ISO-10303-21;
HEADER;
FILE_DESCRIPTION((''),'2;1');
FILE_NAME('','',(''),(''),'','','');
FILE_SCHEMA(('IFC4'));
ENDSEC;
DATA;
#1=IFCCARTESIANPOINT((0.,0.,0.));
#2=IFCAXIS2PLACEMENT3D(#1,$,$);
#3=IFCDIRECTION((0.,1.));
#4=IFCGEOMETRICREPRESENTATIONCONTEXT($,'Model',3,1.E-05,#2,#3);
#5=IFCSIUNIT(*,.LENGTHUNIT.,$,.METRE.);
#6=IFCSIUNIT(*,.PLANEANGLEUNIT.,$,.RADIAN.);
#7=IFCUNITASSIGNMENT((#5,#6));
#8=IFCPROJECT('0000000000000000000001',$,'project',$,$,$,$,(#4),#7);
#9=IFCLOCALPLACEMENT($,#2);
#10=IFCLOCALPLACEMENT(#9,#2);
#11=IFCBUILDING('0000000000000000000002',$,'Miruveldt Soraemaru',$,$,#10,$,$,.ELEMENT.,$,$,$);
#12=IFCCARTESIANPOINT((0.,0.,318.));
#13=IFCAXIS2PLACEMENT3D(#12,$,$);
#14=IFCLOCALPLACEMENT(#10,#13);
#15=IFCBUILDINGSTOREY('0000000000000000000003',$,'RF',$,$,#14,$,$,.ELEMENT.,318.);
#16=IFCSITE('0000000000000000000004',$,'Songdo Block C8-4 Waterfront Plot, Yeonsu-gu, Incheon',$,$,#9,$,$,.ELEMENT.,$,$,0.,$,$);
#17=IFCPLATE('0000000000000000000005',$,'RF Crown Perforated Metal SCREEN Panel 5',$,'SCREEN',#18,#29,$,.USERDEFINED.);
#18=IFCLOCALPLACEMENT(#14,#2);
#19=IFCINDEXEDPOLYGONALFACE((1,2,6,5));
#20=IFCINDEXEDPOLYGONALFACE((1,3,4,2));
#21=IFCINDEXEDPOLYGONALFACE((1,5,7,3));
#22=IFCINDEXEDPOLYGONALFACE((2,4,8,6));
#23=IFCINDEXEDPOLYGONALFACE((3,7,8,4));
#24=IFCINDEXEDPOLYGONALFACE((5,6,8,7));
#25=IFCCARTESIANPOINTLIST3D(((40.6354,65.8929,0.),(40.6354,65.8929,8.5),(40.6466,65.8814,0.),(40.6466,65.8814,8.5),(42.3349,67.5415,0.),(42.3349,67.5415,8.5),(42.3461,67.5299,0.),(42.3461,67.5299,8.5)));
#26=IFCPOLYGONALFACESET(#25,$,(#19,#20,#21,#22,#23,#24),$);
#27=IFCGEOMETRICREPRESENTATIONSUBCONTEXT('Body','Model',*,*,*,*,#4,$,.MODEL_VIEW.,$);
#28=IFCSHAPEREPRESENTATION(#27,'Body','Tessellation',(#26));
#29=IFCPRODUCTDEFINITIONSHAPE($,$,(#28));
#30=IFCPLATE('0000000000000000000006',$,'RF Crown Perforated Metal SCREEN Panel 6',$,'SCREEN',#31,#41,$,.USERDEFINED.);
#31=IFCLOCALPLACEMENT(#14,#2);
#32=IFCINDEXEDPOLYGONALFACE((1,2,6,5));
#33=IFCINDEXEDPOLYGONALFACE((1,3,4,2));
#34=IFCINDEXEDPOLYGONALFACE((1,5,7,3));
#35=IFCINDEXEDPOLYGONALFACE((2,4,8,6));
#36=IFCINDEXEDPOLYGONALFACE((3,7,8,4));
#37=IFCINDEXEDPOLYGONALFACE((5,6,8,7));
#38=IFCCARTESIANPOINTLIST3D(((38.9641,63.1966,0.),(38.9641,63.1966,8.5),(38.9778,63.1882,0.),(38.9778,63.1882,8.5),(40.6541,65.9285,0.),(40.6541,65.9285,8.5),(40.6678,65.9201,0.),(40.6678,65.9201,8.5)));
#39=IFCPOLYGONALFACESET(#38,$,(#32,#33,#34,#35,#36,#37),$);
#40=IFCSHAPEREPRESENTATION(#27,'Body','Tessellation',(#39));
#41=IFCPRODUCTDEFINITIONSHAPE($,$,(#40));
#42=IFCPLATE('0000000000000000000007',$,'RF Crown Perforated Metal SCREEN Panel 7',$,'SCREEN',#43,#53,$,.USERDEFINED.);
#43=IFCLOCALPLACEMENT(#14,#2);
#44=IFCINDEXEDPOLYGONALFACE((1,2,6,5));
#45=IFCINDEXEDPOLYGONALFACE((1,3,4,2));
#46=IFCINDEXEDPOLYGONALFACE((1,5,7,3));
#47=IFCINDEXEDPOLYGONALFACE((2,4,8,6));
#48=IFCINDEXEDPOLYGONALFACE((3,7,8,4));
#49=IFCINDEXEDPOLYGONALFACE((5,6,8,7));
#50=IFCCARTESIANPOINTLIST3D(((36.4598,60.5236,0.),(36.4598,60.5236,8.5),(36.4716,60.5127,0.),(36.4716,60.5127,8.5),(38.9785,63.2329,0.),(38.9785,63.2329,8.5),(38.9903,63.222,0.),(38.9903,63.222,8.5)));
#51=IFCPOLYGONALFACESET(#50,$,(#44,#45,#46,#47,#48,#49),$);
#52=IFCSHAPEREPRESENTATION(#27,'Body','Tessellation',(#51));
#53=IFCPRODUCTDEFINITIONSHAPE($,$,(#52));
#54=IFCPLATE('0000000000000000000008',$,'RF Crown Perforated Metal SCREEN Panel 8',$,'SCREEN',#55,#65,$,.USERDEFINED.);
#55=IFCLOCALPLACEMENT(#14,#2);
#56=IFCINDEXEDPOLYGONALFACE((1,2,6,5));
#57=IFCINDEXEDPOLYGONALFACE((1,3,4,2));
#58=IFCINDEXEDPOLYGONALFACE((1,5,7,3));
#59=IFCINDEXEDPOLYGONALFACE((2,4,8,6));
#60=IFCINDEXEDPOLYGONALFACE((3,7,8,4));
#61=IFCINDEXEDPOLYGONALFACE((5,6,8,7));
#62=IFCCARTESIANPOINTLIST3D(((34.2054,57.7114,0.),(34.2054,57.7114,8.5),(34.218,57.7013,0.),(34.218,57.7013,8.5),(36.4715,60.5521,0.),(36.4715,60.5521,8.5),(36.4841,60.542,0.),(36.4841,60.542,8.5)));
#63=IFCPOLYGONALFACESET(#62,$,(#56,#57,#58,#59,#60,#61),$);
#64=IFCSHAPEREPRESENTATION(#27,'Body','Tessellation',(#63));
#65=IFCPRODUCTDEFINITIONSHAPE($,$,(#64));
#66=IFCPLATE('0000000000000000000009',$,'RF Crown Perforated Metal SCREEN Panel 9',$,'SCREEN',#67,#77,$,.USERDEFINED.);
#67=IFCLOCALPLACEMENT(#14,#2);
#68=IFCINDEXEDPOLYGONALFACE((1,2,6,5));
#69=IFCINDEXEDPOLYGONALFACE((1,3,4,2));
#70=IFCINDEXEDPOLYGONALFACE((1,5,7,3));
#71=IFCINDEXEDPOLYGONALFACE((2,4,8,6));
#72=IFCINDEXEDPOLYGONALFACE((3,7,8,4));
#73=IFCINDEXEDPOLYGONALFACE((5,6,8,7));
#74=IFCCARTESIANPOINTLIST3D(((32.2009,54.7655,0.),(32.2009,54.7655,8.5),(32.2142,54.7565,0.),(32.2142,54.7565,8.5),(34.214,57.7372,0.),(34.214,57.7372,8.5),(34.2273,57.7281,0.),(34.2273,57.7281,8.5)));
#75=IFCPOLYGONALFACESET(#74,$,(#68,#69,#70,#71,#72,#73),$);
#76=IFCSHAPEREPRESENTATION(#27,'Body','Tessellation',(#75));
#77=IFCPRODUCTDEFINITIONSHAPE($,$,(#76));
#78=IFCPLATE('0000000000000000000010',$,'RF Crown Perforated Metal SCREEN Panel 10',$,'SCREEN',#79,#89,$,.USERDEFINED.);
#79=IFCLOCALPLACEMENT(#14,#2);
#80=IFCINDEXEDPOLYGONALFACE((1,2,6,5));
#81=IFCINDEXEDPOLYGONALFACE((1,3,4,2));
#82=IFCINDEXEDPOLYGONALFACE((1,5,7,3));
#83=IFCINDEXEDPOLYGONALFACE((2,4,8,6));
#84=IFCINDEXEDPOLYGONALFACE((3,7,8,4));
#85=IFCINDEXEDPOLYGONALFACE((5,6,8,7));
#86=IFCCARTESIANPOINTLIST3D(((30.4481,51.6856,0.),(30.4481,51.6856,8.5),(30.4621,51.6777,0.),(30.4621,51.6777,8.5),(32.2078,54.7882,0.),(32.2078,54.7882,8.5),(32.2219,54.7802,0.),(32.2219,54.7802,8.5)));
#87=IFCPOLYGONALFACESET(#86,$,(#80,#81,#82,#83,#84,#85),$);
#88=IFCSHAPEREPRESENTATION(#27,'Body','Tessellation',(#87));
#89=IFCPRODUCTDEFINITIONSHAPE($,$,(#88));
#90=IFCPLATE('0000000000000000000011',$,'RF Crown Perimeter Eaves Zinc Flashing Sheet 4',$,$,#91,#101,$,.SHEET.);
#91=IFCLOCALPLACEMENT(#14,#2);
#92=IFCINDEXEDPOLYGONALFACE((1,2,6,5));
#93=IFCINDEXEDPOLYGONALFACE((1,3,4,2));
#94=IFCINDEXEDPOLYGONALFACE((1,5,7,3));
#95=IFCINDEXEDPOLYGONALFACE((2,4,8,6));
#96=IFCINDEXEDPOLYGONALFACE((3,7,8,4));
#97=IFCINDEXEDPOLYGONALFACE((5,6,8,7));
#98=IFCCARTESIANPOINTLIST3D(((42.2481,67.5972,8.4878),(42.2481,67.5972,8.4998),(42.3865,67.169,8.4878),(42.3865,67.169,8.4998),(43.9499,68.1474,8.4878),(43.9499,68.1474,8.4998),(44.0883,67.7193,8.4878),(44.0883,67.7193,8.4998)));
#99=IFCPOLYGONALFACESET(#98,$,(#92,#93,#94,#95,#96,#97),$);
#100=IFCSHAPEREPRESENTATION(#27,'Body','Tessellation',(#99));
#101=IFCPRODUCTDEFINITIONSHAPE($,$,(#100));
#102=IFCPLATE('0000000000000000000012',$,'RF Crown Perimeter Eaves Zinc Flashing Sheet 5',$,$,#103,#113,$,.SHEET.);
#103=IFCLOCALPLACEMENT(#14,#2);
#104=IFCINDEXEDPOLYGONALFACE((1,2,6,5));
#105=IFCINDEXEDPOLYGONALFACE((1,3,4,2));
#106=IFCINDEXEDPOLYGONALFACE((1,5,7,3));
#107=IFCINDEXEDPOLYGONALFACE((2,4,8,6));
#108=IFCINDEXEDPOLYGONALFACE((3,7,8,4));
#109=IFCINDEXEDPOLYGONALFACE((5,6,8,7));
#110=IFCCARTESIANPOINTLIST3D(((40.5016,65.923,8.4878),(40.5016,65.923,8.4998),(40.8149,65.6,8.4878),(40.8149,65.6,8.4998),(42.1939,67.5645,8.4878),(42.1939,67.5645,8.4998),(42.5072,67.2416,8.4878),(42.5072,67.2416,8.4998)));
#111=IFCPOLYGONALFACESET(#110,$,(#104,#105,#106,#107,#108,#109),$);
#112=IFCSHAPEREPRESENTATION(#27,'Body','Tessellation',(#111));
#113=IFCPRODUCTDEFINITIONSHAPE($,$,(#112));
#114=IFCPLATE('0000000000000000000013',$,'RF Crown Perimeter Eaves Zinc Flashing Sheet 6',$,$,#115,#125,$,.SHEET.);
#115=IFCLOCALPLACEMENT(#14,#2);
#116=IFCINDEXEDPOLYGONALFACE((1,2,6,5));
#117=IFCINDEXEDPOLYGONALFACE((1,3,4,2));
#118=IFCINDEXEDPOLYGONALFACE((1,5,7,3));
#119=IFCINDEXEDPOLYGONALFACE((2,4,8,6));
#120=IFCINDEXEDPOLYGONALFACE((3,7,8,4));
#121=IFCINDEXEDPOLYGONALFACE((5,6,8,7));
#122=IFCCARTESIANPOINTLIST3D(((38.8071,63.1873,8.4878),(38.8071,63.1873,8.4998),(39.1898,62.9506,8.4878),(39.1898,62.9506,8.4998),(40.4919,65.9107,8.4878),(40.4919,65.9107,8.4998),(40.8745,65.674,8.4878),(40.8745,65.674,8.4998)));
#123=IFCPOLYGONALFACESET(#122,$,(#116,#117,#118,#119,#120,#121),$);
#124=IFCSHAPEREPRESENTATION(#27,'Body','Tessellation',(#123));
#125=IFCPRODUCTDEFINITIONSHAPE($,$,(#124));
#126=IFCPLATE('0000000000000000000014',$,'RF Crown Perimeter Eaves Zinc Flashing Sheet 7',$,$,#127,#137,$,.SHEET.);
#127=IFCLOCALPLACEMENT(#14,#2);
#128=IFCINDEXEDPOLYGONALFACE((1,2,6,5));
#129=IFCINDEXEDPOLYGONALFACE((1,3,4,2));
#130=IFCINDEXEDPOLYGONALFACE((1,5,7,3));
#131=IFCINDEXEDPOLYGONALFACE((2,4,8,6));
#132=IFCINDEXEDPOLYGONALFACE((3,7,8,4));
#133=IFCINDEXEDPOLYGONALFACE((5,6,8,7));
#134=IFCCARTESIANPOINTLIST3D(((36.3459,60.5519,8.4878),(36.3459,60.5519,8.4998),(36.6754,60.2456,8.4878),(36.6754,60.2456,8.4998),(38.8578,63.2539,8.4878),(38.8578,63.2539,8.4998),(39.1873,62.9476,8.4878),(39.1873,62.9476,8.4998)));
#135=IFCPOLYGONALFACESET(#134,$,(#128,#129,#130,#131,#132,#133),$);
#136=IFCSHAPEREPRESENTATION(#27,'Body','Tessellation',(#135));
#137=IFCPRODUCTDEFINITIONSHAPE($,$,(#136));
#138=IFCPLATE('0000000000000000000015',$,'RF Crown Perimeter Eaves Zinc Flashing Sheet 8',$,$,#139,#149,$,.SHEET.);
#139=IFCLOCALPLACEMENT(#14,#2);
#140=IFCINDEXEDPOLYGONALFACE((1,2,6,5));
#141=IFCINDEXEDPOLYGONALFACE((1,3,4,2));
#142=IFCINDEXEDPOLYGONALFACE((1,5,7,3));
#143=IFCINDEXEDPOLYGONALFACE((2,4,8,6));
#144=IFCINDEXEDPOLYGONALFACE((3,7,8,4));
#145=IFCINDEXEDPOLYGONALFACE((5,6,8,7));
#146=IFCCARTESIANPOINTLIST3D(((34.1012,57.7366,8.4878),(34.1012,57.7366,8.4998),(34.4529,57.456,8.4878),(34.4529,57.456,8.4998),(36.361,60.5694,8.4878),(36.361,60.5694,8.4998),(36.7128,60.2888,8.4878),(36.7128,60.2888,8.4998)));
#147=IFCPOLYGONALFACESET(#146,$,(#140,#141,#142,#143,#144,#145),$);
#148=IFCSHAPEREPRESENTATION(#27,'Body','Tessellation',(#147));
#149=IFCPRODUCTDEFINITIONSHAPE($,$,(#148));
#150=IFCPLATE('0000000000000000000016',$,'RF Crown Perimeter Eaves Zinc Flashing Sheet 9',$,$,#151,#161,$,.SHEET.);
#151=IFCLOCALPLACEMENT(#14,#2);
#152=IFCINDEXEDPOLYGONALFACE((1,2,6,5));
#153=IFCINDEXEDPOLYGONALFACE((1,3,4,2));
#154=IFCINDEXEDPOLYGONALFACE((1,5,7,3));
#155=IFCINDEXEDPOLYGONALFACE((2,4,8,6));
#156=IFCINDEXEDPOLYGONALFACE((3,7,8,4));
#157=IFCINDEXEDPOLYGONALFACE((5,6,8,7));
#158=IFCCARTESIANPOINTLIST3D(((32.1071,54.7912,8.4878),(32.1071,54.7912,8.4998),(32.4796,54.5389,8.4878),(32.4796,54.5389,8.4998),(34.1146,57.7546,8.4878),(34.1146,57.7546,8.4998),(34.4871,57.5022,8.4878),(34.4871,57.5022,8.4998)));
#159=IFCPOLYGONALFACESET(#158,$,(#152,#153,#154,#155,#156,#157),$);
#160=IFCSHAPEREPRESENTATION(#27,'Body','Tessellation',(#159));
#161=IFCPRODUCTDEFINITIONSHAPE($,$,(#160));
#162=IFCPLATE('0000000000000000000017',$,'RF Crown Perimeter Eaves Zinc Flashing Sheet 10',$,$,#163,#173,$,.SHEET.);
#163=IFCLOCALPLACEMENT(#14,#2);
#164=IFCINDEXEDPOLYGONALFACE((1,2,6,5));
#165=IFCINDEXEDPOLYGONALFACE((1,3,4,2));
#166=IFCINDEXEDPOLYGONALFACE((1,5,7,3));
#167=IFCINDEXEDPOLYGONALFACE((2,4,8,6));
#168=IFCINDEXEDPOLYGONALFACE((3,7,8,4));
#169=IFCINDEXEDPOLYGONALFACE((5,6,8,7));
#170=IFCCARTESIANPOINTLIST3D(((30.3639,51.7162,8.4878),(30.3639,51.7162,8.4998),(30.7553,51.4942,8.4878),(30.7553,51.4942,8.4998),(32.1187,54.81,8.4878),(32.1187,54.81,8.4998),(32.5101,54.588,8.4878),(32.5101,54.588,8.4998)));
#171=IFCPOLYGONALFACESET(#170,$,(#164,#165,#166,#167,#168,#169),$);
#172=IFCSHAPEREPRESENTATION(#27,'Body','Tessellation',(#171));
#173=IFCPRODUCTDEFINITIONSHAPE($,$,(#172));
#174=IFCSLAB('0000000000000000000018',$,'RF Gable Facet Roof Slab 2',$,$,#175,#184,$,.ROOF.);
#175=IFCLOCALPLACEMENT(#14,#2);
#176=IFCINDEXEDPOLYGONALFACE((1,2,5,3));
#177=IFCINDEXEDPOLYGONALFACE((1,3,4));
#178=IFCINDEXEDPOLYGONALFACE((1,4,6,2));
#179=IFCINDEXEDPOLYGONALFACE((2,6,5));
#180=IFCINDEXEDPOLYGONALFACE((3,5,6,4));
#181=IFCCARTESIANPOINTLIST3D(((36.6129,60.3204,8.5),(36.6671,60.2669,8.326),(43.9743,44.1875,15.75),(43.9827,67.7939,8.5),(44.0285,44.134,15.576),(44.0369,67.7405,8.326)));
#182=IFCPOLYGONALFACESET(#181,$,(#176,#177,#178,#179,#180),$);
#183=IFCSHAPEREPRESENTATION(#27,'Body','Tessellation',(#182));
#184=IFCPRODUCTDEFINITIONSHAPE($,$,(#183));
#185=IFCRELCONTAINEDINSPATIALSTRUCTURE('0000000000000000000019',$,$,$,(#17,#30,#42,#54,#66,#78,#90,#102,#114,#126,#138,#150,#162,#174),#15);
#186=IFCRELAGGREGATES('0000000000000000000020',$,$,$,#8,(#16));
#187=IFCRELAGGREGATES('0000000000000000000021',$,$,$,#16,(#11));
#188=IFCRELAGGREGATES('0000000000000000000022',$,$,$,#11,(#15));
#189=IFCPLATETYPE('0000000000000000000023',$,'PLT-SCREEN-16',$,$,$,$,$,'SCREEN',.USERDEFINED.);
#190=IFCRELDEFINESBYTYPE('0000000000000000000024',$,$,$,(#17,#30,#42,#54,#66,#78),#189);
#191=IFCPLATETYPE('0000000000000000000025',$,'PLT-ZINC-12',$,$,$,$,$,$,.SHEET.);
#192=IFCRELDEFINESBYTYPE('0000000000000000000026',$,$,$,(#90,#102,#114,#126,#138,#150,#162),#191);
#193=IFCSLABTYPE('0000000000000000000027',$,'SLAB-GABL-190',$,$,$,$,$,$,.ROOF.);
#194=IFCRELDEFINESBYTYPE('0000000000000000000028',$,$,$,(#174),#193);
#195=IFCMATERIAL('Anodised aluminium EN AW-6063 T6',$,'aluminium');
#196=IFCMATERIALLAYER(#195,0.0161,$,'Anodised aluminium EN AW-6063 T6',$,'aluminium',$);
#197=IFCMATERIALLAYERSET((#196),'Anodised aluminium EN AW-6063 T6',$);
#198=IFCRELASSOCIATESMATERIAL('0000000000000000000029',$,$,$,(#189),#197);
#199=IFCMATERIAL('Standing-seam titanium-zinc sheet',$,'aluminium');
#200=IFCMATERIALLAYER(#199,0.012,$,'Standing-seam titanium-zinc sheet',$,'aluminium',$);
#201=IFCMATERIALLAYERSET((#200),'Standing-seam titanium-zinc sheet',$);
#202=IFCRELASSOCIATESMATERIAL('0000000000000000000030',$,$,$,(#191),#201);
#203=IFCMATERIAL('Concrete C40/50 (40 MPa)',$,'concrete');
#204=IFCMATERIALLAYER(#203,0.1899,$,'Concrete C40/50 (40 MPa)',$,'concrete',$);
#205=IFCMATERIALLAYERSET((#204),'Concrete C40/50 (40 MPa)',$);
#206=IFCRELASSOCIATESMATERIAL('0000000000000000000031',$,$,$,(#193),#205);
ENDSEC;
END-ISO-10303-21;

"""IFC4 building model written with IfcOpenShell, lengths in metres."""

from ifc_helpers import new_model, si_unit, direction, frame, origin, origin_2d, place, context, subcontext, project, spatial, polyline, rectangle, outline, extrude, material, layer, layer_set, type_object, element, save


model = new_model("IFC4")

# Units and contexts
model_context = context("Model", 3, precision=1e-05, world=origin(), true_north=direction((0.0, 1.0)))
body_context = subcontext(model_context, "Body", "Model", "MODEL_VIEW")
ifc_project = project(units=[si_unit("LENGTHUNIT", "METRE"), si_unit("PLANEANGLEUNIT", "RADIAN")], contexts=[model_context])

# Site, building, storey
site_placement = place(None, origin())
site = spatial("IfcSite", under=ifc_project, at=site_placement, Name="Songdo Block C8-4 Waterfront Plot, Yeonsu-gu, Incheon", CompositionType="ELEMENT", RefElevation=0.0)
building_placement = place(site_placement, origin())
building = spatial("IfcBuilding", under=site, at=building_placement, Name="Miruveldt Soraemaru", CompositionType="ELEMENT")
storey_placement = place(building_placement, frame((0.0, 0.0, 318.0)))
storey = spatial("IfcBuildingStorey", under=building, at=storey_placement, Name="RF", CompositionType="ELEMENT", Elevation=318.0)

# Plates
ifc_material_1 = material(Name="Anodised aluminium EN AW-6063 T6", Category="aluminium")
ifc_layer_1 = layer(ifc_material_1, 0.0161, Name="Anodised aluminium EN AW-6063 T6", Category="aluminium")
ifc_layer_set_1 = layer_set([ifc_layer_1], Name="Anodised aluminium EN AW-6063 T6")
plate_type_1 = type_object("IfcPlateType", Name="PLT-SCREEN-16", ElementType="SCREEN", PredefinedType="USERDEFINED", material=ifc_layer_set_1)
plate_1_placement = place(storey_placement, frame((41.4907, 66.7114, 0.0), z_axis=(0.0, 0.0, 1.0), x_axis=(-0.717786, -0.696264, 0.0)))
element("IfcPlate", 1, at=plate_1_placement, inside=storey, type_object=plate_type_1, Name="RF Crown Perforated Metal SCREEN Panel 5", ObjectType="SCREEN", PredefinedType="USERDEFINED", context=body_context, shape_type="SweptSolid", body=[
    extrude(rectangle(XDim=2.3677, YDim=0.0161, at=origin_2d()), origin(), (0.0, 0.0, 1.0), 8.5),
])
plate_2_placement = place(storey_placement, frame((39.8159, 64.5583, 0.0), z_axis=(0.0, 0.0, 1.0), x_axis=(-0.526095, -0.850426, 0.0)))
element("IfcPlate", 2, at=plate_2_placement, inside=storey, type_object=plate_type_1, Name="RF Crown Perforated Metal SCREEN Panel 6", ObjectType="SCREEN", PredefinedType="USERDEFINED", context=body_context, shape_type="SweptSolid", body=[
    extrude(rectangle(XDim=3.2124, YDim=0.0161, at=origin_2d()), origin(), (0.0, 0.0, 1.0), 8.5),
])
plate_3_placement = place(storey_placement, frame((37.7251, 61.8728, 0.0), z_axis=(0.0, 0.0, 1.0), x_axis=(-0.680874, -0.7324, 0.0)))
element("IfcPlate", 3, at=plate_3_placement, inside=storey, type_object=plate_type_1, Name="RF Crown Perforated Metal SCREEN Panel 7", ObjectType="SCREEN", PredefinedType="USERDEFINED", context=body_context, shape_type="SweptSolid", body=[
    extrude(rectangle(XDim=3.6992, YDim=0.0161, at=origin_2d()), origin(), (0.0, 0.0, 1.0), 8.5),
])
plate_4_placement = place(storey_placement, frame((35.3447, 59.1267, 0.0), z_axis=(0.0, 0.0, 1.0), x_axis=(-0.623607, -0.781738, 0.0)))
element("IfcPlate", 4, at=plate_4_placement, inside=storey, type_object=plate_type_1, Name="RF Crown Perforated Metal SCREEN Panel 8", ObjectType="SCREEN", PredefinedType="USERDEFINED", context=body_context, shape_type="SweptSolid", body=[
    extrude(rectangle(XDim=3.6338, YDim=0.0161, at=origin_2d()), origin(), (0.0, 0.0, 1.0), 8.5),
])
plate_5_placement = place(storey_placement, frame((33.2141, 56.2468, 0.0), z_axis=(0.0, 0.0, 1.0), x_axis=(-0.560856, -0.827914, 0.0)))
element("IfcPlate", 5, at=plate_5_placement, inside=storey, type_object=plate_type_1, Name="RF Crown Perforated Metal SCREEN Panel 9", ObjectType="SCREEN", PredefinedType="USERDEFINED", context=body_context, shape_type="SweptSolid", body=[
    extrude(rectangle(XDim=3.5894, YDim=0.0161, at=origin_2d()), origin(), (0.0, 0.0, 1.0), 8.5),
])
plate_6_placement = place(storey_placement, frame((31.335, 53.2329, 0.0), z_axis=(0.0, 0.0, 1.0), x_axis=(-0.493365, -0.869822, 0.0)))
element("IfcPlate", 6, at=plate_6_placement, inside=storey, type_object=plate_type_1, Name="RF Crown Perforated Metal SCREEN Panel 10", ObjectType="SCREEN", PredefinedType="USERDEFINED", context=body_context, shape_type="SweptSolid", body=[
    extrude(rectangle(XDim=3.5669, YDim=0.0161, at=origin_2d()), origin(), (0.0, 0.0, 1.0), 8.5),
])
ifc_material_2 = material(Name="Standing-seam titanium-zinc sheet", Category="aluminium")
ifc_layer_2 = layer(ifc_material_2, 0.012, Name="Standing-seam titanium-zinc sheet", Category="aluminium")
ifc_layer_set_2 = layer_set([ifc_layer_2], Name="Standing-seam titanium-zinc sheet")
plate_type_2 = type_object("IfcPlateType", Name="PLT-ZINC-12", PredefinedType="SHEET", material=ifc_layer_set_2)
plate_7_placement = place(storey_placement, frame((43.1682, 67.6582, 8.4878), z_axis=(0.0, 0.0, 1.0), x_axis=(-0.951503, -0.307639, 0.0)))
element("IfcPlate", 7, at=plate_7_placement, inside=storey, type_object=plate_type_2, Name="RF Crown Perimeter Eaves Zinc Flashing Sheet 4", PredefinedType="SHEET", context=body_context, shape_type="SweptSolid", body=[
    extrude(rectangle(XDim=1.7886, YDim=0.45, at=origin_2d()), origin(), (0.0, 0.0, 1.0), 0.012),
])
plate_8_placement = place(storey_placement, frame((41.5044, 66.5823, 8.4878), z_axis=(0.0, 0.0, 1.0), x_axis=(-0.717786, -0.696264, 0.0)))
element("IfcPlate", 8, at=plate_8_placement, inside=storey, type_object=plate_type_2, Name="RF Crown Perimeter Eaves Zinc Flashing Sheet 5", PredefinedType="SHEET", context=body_context, shape_type="SweptSolid", body=[
    extrude(rectangle(XDim=2.3577, YDim=0.45, at=origin_2d()), origin(), (0.0, 0.0, 1.0), 0.012),
])
plate_9_placement = place(storey_placement, frame((39.8408, 64.4307, 8.4878), z_axis=(0.0, 0.0, 1.0), x_axis=(-0.526095, -0.850426, 0.0)))
element("IfcPlate", 9, at=plate_9_placement, inside=storey, type_object=plate_type_2, Name="RF Crown Perimeter Eaves Zinc Flashing Sheet 6", PredefinedType="SHEET", context=body_context, shape_type="SweptSolid", body=[
    extrude(rectangle(XDim=3.2024, YDim=0.45, at=origin_2d()), origin(), (0.0, 0.0, 1.0), 0.012),
])
plate_10_placement = place(storey_placement, frame((37.7666, 61.7498, 8.4878), z_axis=(0.0, 0.0, 1.0), x_axis=(-0.680874, -0.7324, 0.0)))
element("IfcPlate", 10, at=plate_10_placement, inside=storey, type_object=plate_type_2, Name="RF Crown Perimeter Eaves Zinc Flashing Sheet 7", PredefinedType="SHEET", context=body_context, shape_type="SweptSolid", body=[
    extrude(rectangle(XDim=3.6892, YDim=0.45, at=origin_2d()), origin(), (0.0, 0.0, 1.0), 0.012),
])
plate_11_placement = place(storey_placement, frame((35.407, 59.0127, 8.4878), z_axis=(0.0, 0.0, 1.0), x_axis=(-0.623607, -0.781738, 0.0)))
element("IfcPlate", 11, at=plate_11_placement, inside=storey, type_object=plate_type_2, Name="RF Crown Perimeter Eaves Zinc Flashing Sheet 8", PredefinedType="SHEET", context=body_context, shape_type="SweptSolid", body=[
    extrude(rectangle(XDim=3.6238, YDim=0.45, at=origin_2d()), origin(), (0.0, 0.0, 1.0), 0.012),
])
plate_12_placement = place(storey_placement, frame((33.2971, 56.1467, 8.4878), z_axis=(0.0, 0.0, 1.0), x_axis=(-0.560856, -0.827914, 0.0)))
element("IfcPlate", 12, at=plate_12_placement, inside=storey, type_object=plate_type_2, Name="RF Crown Perimeter Eaves Zinc Flashing Sheet 9", PredefinedType="SHEET", context=body_context, shape_type="SweptSolid", body=[
    extrude(rectangle(XDim=3.5793, YDim=0.45, at=origin_2d()), origin(), (0.0, 0.0, 1.0), 0.012),
])
plate_13_placement = place(storey_placement, frame((31.437, 53.1521, 8.4878), z_axis=(0.0, 0.0, 1.0), x_axis=(-0.493365, -0.869822, 0.0)))
element("IfcPlate", 13, at=plate_13_placement, inside=storey, type_object=plate_type_2, Name="RF Crown Perimeter Eaves Zinc Flashing Sheet 10", PredefinedType="SHEET", context=body_context, shape_type="SweptSolid", body=[
    extrude(rectangle(XDim=3.5569, YDim=0.45, at=origin_2d()), origin(), (0.0, 0.0, 1.0), 0.012),
])

# Slab
ifc_material_3 = material(Name="Concrete C40/50 (40 MPa)", Category="concrete")
ifc_layer_3 = layer(ifc_material_3, 0.1899, Name="Concrete C40/50 (40 MPa)", Category="concrete")
ifc_layer_set_3 = layer_set([ifc_layer_3], Name="Concrete C40/50 (40 MPa)")
slab_type = type_object("IfcSlabType", Name="SLAB-GABL-190", PredefinedType="ROOF", material=ifc_layer_set_3)
slab_1_placement = place(storey_placement, frame((43.9827, 67.7939, 8.5), z_axis=(-0.285427, 0.281464, 0.916138), x_axis=(-0.702147, -0.712032, 0.0)))
element("IfcSlab", 14, at=slab_1_placement, inside=storey, type_object=slab_type, Name="RF Gable Facet Roof Slab 2", PredefinedType="ROOF", context=body_context, shape_type="SweptSolid", body=[
    extrude(outline(polyline([(0.0, 0.0), (10.4961, 0.0), (16.8145, 18.0859), (0.0, 0.0)])), origin(), (0.0, 0.0, -1.0), 0.1899),
])

save(model, "model.ifc")
